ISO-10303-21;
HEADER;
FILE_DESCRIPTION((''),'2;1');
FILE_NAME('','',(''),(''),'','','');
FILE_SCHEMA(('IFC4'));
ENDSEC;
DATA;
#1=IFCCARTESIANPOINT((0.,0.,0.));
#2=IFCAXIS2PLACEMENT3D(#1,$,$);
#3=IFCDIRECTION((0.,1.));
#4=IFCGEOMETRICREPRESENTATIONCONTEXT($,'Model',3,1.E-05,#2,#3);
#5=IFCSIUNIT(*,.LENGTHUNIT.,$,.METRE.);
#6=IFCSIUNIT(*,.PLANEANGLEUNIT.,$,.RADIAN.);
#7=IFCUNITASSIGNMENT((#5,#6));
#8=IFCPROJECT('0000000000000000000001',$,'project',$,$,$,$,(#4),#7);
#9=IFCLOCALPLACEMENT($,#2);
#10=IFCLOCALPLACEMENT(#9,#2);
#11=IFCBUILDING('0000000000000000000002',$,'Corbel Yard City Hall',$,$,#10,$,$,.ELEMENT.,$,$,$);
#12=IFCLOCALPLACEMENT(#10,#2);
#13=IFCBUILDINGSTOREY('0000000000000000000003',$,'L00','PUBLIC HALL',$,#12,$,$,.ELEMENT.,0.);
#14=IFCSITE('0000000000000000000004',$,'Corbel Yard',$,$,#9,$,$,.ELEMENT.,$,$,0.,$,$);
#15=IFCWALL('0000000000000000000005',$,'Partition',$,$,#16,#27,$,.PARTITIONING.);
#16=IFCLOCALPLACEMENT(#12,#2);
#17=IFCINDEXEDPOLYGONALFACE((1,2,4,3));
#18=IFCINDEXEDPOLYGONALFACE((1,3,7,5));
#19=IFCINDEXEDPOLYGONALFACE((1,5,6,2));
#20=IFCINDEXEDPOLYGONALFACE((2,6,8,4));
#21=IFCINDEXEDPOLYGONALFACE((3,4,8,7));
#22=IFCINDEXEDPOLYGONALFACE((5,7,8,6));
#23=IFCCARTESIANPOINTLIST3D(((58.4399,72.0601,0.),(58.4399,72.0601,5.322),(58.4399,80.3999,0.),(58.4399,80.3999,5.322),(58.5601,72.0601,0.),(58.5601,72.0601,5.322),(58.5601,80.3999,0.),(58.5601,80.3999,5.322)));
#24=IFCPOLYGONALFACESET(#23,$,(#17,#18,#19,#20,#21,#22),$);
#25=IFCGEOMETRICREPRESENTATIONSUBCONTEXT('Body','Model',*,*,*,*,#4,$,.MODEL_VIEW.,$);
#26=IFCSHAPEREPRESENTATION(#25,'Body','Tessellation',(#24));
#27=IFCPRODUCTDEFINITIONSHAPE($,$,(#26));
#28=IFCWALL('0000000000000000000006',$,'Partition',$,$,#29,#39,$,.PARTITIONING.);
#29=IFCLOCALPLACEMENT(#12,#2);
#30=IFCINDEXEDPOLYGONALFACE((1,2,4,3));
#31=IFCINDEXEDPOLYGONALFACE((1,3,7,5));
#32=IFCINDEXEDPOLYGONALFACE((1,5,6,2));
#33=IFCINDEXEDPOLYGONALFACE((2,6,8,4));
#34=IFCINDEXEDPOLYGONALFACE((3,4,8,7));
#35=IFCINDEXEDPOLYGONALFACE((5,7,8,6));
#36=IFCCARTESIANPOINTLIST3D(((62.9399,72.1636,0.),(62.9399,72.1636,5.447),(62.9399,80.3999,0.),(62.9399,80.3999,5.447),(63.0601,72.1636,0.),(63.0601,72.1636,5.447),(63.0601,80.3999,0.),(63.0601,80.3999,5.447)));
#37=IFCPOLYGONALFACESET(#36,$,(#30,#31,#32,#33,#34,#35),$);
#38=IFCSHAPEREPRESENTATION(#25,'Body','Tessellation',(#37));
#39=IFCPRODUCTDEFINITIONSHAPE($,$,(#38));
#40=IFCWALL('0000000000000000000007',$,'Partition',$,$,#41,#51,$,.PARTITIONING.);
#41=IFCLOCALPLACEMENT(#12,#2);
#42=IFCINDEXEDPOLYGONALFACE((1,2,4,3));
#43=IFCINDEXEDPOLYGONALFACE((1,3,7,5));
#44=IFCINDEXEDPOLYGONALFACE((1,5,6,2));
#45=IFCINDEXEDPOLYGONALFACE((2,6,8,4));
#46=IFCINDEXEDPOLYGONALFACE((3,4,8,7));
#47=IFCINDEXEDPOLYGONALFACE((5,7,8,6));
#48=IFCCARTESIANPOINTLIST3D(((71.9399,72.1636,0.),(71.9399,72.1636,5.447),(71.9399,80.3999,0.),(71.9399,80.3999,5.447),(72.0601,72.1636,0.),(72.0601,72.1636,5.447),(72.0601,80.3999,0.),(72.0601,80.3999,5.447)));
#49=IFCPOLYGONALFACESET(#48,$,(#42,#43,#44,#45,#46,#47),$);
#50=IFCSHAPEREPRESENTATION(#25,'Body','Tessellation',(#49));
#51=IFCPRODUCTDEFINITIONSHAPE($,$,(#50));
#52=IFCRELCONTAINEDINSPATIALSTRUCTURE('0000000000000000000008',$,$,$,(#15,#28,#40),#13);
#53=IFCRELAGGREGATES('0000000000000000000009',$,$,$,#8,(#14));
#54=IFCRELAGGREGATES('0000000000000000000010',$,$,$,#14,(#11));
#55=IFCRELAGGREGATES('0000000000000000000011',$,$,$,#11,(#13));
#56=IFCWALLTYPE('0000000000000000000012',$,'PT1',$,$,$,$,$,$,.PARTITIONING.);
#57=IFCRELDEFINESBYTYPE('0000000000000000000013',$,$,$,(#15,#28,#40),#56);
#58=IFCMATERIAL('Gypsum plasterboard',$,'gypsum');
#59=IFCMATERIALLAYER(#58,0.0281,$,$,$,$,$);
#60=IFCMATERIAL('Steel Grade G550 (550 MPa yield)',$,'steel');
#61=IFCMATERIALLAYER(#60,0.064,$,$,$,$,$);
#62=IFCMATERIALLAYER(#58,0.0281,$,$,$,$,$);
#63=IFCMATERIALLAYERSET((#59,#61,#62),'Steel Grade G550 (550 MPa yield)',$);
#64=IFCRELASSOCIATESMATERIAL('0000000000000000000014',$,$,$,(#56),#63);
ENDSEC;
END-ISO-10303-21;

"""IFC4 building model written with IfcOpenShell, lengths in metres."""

from ifc_helpers import new_model, si_unit, direction, frame, frame_2d, origin, place, context, subcontext, project, spatial, rectangle, extrude, material, layer, layer_set, type_object, element, save


model = new_model("IFC4")

# Units and contexts
model_context = context("Model", 3, precision=1e-05, world=origin(), true_north=direction((0.0, 1.0)))
body_context = subcontext(model_context, "Body", "Model", "MODEL_VIEW")
ifc_project = project(units=[si_unit("LENGTHUNIT", "METRE"), si_unit("PLANEANGLEUNIT", "RADIAN")], contexts=[model_context])

# Site, building, storey
site_placement = place(None, origin())
site = spatial("IfcSite", under=ifc_project, at=site_placement, Name="Corbel Yard", CompositionType="ELEMENT", RefElevation=0.0)
building_placement = place(site_placement, origin())
building = spatial("IfcBuilding", under=site, at=building_placement, Name="Corbel Yard City Hall", CompositionType="ELEMENT")
storey_placement = place(building_placement, origin())
storey = spatial("IfcBuildingStorey", under=building, at=storey_placement, Name="L00", Description="PUBLIC HALL", CompositionType="ELEMENT", Elevation=0.0)

# Walls
ifc_material_1 = material(Name="Gypsum plasterboard", Category="gypsum")
ifc_layer_1 = layer(ifc_material_1, 0.0281)
ifc_material_2 = material(Name="Steel Grade G550 (550 MPa yield)", Category="steel")
ifc_layer_2 = layer(ifc_material_2, 0.064)
ifc_layer_3 = layer(ifc_material_1, 0.0281)
ifc_layer_set_1 = layer_set([ifc_layer_1, ifc_layer_2, ifc_layer_3], Name="Steel Grade G550 (550 MPa yield)")
wall_type = type_object("IfcWallType", Name="PT1", PredefinedType="PARTITIONING", material=ifc_layer_set_1)
wall_placement = place(storey_placement, frame((58.5, 72.0601, 0.0), z_axis=(0.0, 0.0, 1.0), x_axis=(0.0, 1.0, 0.0)))
element("IfcWall", 1, at=wall_placement, inside=storey, type_object=wall_type, Name="Partition", PredefinedType="PARTITIONING", context=body_context, shape_type="SweptSolid", body=[
    extrude(rectangle(XDim=8.3398, YDim=0.1201, at=frame_2d((4.1699, 0.0))), origin(), (0.0, 0.0, 1.0), 5.322),
])
for number, where, z_axis, x_axis, name in (
    (2, (63.0, 72.1636, 0.0), (0.0, 0.0, 1.0), (0.0, 1.0, 0.0), "Partition"),
    (3, (72.0, 72.1636, 0.0), (0.0, 0.0, 1.0), (0.0, 1.0, 0.0), "Partition"),
):
    element("IfcWall", number, at=place(storey_placement, frame(where, z_axis=z_axis, x_axis=x_axis)), inside=storey, type_object=wall_type, Name=name, PredefinedType="PARTITIONING", context=body_context, shape_type="SweptSolid", body=[
        extrude(rectangle(XDim=8.2363, YDim=0.1201, at=frame_2d((4.1182, 0.0))), origin(), (0.0, 0.0, 1.0), 5.447),
    ])

save(model, "model.ifc")
